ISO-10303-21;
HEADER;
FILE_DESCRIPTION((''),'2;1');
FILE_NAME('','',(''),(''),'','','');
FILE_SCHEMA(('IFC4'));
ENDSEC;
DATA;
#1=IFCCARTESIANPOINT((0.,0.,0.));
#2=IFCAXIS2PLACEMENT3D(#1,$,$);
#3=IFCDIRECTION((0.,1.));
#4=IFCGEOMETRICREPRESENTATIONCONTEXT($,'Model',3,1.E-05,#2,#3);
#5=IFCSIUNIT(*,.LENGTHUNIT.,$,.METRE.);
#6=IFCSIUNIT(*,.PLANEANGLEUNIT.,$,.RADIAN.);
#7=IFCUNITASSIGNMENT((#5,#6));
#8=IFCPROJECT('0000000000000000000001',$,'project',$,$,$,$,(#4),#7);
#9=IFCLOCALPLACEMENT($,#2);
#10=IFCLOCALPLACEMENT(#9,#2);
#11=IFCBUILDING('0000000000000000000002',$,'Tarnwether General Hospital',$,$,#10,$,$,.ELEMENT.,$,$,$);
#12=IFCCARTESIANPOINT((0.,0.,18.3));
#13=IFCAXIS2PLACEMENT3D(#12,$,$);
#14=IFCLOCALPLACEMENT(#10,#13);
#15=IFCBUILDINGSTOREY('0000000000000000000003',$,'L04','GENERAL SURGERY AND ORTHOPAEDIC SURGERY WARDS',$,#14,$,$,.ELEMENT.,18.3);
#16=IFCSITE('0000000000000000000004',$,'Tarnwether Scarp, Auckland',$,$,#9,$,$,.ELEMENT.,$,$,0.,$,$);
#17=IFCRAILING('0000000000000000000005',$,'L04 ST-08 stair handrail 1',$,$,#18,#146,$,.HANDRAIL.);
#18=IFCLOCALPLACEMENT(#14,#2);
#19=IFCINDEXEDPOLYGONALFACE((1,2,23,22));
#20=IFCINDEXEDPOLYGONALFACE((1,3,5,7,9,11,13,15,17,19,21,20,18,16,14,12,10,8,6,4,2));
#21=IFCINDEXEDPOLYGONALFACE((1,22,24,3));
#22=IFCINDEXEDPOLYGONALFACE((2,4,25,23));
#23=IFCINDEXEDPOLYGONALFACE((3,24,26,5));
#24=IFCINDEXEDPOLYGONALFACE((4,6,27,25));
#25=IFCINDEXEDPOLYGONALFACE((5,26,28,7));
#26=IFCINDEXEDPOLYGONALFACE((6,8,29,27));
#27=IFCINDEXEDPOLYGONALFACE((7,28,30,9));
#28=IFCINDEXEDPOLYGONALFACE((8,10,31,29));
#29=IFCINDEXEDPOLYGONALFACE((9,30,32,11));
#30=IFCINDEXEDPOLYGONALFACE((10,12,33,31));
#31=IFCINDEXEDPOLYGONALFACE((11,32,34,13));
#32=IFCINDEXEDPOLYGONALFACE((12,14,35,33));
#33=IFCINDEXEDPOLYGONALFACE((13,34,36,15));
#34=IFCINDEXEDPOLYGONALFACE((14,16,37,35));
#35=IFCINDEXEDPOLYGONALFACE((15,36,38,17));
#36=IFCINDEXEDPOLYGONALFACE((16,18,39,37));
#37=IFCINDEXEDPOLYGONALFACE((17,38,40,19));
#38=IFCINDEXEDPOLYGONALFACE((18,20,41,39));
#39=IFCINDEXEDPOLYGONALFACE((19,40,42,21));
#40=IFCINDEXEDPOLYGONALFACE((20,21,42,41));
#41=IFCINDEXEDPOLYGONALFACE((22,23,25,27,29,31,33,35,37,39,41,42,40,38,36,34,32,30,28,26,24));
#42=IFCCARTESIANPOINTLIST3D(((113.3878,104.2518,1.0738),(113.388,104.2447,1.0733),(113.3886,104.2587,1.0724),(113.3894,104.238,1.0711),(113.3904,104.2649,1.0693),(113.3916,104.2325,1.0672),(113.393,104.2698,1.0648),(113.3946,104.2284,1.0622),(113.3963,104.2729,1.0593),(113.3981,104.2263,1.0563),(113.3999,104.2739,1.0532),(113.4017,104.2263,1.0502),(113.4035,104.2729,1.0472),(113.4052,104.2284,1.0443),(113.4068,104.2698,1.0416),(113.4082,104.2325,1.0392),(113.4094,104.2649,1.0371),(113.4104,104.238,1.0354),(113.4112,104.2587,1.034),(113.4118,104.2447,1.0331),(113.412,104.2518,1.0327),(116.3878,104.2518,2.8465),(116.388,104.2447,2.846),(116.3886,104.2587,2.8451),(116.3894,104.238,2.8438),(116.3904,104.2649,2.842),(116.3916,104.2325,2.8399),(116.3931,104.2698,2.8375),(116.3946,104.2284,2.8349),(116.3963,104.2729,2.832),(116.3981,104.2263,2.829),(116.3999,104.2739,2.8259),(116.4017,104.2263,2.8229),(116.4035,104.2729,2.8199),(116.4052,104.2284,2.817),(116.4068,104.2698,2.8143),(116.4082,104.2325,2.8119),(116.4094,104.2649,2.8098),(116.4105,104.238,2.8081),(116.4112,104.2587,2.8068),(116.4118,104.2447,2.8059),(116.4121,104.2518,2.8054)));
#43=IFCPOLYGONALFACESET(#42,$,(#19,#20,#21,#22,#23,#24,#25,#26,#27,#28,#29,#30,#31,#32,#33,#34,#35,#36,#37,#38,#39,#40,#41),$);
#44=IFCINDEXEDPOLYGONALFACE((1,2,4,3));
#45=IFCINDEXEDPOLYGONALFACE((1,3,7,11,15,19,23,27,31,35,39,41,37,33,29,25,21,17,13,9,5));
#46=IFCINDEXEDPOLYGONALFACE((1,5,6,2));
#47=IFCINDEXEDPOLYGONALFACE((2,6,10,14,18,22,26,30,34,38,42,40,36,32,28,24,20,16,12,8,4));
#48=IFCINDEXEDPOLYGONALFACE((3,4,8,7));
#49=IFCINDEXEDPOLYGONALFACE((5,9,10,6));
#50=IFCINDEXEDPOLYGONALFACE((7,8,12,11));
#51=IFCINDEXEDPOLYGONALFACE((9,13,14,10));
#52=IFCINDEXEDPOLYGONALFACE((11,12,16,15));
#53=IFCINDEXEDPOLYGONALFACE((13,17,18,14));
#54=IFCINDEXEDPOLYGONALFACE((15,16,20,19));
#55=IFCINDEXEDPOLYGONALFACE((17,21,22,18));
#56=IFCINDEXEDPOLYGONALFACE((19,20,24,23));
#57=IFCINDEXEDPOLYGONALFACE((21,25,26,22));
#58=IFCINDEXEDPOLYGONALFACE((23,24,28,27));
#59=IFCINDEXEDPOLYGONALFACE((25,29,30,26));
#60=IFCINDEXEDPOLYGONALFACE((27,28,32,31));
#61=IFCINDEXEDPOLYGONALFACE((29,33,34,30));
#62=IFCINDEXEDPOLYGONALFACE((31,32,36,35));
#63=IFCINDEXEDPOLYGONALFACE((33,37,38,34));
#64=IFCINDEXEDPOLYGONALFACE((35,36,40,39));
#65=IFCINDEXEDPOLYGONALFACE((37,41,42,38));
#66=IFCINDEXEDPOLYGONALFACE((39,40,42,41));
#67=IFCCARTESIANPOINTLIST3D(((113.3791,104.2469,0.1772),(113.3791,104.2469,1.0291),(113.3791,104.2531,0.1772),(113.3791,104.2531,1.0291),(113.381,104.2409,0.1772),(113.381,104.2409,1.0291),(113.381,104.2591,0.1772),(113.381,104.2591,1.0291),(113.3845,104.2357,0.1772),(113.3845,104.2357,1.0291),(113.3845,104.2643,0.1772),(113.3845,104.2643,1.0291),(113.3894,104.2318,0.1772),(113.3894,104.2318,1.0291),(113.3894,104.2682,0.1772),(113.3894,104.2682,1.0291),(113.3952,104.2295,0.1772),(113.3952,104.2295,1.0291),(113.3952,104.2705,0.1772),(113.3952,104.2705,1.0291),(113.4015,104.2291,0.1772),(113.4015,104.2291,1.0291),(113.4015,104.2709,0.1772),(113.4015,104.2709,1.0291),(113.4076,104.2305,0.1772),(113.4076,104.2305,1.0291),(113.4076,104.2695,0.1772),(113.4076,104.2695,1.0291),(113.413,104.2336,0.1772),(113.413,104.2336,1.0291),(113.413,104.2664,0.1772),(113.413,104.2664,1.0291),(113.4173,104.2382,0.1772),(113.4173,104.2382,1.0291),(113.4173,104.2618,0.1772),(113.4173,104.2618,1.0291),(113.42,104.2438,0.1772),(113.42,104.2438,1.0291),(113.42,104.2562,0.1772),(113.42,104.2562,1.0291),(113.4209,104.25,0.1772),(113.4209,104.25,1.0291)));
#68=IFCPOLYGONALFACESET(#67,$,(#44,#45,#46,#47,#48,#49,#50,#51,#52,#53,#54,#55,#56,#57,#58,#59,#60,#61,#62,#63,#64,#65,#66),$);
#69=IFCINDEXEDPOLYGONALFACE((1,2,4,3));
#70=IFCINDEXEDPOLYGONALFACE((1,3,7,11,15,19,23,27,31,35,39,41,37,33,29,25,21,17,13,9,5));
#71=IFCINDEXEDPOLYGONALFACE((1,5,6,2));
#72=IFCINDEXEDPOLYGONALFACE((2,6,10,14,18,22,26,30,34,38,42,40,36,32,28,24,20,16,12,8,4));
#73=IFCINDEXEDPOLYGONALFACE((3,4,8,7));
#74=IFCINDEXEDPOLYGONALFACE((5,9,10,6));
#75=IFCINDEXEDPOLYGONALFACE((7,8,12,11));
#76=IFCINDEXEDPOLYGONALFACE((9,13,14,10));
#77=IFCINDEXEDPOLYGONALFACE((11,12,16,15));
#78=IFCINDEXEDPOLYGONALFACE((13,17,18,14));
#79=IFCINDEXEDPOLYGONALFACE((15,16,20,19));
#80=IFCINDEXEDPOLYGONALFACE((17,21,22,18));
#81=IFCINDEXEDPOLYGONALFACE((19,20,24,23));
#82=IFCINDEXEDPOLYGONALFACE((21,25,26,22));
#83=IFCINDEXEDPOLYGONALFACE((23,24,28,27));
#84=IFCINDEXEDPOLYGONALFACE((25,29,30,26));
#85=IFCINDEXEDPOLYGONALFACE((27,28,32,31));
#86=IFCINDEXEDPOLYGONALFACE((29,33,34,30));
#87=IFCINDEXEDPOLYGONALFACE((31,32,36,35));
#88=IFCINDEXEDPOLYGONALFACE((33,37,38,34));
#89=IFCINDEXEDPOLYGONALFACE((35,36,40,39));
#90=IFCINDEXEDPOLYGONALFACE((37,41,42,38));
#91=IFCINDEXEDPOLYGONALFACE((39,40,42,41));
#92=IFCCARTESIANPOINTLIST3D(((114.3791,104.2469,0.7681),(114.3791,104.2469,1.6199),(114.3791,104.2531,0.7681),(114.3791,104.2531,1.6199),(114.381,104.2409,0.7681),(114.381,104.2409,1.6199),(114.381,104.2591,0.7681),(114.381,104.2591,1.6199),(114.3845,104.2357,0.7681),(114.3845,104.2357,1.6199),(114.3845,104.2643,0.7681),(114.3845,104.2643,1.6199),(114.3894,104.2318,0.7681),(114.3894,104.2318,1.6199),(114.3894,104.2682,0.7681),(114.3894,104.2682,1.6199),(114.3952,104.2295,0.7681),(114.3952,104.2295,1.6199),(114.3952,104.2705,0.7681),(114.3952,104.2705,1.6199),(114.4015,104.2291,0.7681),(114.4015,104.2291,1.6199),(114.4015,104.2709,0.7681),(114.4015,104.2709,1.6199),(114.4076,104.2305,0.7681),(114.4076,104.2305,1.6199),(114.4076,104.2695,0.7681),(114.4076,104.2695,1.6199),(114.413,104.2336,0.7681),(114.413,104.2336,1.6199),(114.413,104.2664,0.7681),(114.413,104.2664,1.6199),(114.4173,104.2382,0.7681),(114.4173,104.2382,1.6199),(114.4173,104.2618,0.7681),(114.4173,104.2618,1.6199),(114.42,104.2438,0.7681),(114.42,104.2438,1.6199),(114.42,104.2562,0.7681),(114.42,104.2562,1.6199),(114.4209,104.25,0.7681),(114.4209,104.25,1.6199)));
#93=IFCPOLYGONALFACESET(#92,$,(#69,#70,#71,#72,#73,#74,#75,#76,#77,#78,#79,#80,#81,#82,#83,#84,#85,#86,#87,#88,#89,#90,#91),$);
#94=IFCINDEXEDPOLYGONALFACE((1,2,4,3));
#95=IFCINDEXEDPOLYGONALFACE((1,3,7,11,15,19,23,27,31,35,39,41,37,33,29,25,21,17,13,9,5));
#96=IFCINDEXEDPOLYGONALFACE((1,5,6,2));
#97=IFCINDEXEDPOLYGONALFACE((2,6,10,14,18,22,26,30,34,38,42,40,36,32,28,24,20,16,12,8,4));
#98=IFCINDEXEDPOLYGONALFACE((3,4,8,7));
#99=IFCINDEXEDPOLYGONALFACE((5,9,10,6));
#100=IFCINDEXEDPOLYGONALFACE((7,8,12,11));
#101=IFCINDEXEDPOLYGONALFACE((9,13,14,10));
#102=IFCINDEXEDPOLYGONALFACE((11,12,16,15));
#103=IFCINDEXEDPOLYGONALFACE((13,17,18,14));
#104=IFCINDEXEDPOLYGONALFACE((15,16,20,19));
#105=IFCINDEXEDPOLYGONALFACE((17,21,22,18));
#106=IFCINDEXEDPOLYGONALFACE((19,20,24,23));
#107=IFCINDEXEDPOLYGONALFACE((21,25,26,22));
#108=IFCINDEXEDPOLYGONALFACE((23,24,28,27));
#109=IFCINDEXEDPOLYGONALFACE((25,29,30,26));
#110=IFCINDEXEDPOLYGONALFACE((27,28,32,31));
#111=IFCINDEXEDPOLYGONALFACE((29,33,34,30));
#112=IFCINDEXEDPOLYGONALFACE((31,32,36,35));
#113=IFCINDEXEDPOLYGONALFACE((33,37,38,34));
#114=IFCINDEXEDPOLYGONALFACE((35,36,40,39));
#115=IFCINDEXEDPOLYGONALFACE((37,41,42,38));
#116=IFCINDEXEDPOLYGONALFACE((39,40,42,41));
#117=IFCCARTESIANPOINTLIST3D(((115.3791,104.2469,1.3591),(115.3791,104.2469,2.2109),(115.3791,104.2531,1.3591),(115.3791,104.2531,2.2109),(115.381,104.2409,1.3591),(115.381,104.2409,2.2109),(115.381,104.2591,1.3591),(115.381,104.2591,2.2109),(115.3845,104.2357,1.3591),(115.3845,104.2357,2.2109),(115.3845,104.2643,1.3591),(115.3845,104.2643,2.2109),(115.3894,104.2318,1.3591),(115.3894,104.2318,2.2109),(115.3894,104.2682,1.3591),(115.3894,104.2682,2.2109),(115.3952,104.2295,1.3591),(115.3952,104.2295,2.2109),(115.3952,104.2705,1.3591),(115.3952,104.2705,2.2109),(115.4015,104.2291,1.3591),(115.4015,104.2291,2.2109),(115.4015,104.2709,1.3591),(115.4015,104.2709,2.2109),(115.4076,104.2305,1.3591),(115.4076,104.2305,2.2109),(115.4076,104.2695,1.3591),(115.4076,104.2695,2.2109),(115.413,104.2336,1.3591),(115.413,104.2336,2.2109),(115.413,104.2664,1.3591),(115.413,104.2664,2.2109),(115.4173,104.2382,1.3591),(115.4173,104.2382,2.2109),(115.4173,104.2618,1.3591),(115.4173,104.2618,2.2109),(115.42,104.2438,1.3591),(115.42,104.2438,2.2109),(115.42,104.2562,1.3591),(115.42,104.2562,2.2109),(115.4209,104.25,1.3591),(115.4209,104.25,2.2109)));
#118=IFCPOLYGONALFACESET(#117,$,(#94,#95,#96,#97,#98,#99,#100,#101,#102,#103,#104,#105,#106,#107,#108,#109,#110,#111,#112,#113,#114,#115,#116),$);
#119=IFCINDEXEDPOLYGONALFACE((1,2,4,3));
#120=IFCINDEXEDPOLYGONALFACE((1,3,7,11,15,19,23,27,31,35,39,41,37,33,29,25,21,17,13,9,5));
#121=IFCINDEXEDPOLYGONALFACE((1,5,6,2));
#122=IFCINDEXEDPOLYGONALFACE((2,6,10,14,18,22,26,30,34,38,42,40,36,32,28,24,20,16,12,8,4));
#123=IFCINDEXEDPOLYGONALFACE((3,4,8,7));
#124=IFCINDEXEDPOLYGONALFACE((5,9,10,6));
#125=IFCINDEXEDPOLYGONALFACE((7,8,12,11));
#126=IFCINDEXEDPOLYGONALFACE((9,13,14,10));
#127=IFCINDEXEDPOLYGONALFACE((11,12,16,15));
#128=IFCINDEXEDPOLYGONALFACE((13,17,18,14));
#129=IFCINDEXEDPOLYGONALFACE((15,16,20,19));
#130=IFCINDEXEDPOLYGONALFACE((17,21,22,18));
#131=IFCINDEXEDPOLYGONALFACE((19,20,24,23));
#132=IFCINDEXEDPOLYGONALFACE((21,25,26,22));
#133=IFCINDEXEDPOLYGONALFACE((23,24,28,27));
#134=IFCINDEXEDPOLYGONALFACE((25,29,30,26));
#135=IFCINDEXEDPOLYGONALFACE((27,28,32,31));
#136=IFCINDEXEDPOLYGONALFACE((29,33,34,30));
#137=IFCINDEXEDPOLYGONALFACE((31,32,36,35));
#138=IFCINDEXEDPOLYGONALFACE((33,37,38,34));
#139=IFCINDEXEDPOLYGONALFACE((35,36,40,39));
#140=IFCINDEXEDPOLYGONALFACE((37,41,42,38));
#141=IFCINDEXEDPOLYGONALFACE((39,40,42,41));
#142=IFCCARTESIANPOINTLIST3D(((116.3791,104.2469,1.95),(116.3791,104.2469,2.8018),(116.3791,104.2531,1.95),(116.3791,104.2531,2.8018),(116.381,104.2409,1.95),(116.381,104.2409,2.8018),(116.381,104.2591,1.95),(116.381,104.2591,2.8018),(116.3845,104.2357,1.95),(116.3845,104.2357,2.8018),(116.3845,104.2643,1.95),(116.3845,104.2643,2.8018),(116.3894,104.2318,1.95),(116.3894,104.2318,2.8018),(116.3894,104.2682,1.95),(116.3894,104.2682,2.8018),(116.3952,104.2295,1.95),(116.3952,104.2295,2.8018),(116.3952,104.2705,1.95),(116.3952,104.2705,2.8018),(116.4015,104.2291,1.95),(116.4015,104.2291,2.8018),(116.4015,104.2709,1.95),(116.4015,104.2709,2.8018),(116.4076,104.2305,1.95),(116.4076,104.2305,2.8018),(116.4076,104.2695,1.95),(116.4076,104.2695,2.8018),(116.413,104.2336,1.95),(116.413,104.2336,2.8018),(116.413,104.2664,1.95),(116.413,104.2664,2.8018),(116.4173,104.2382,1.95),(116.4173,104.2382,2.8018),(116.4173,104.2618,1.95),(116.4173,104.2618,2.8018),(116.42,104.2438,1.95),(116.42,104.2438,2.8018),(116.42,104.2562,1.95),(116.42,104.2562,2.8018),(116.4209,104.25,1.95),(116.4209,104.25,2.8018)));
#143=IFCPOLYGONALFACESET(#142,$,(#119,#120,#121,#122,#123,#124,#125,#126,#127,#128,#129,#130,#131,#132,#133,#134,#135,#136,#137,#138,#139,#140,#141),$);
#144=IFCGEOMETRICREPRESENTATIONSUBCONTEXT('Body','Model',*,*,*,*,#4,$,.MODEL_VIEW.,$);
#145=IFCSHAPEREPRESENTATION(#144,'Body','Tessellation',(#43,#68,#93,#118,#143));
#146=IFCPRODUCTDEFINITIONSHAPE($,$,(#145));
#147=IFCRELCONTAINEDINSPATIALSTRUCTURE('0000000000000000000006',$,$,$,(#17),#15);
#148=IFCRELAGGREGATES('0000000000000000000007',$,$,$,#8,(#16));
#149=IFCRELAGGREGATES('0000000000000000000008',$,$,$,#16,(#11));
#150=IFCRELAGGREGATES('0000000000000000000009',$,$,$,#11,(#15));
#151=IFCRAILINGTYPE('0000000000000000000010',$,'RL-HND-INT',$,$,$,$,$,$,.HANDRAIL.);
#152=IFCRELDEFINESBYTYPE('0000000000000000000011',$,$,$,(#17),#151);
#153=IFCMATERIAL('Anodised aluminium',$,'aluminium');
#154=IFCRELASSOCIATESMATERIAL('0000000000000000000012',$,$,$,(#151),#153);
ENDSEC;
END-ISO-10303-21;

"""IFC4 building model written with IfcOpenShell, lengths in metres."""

from ifc_helpers import new_model, si_unit, direction, frame, origin, origin_2d, place, context, subcontext, project, spatial, circle, extrude, material, type_object, element, save


model = new_model("IFC4")

# Units and contexts
model_context = context("Model", 3, precision=1e-05, world=origin(), true_north=direction((0.0, 1.0)))
body_context = subcontext(model_context, "Body", "Model", "MODEL_VIEW")
ifc_project = project(units=[si_unit("LENGTHUNIT", "METRE"), si_unit("PLANEANGLEUNIT", "RADIAN")], contexts=[model_context])

# Site, building, storey
site_placement = place(None, origin())
site = spatial("IfcSite", under=ifc_project, at=site_placement, Name="Tarnwether Scarp, Auckland", CompositionType="ELEMENT", RefElevation=0.0)
building_placement = place(site_placement, origin())
building = spatial("IfcBuilding", under=site, at=building_placement, Name="Tarnwether General Hospital", CompositionType="ELEMENT")
storey_placement = place(building_placement, frame((0.0, 0.0, 18.3)))
storey = spatial("IfcBuildingStorey", under=building, at=storey_placement, Name="L04", Description="GENERAL SURGERY AND ORTHOPAEDIC SURGERY WARDS", CompositionType="ELEMENT", Elevation=18.3)

# Railing
ifc_material_1 = material(Name="Anodised aluminium", Category="aluminium")
railing_type_1 = type_object("IfcRailingType", Name="RL-HND-INT", PredefinedType="HANDRAIL", material=ifc_material_1)
railing_1_placement = place(storey_placement, frame((113.3999, 104.25, 0.1772)))
element("IfcRailing", 1, at=railing_1_placement, inside=storey, type_object=railing_type_1, Name="L04 ST-08 stair handrail 1", PredefinedType="HANDRAIL", context=body_context, shape_type="SweptSolid", body=[
    extrude(circle(Radius=0.0239, at=origin_2d()), frame((0.0, 0.0, 0.876), z_axis=(0.860929, 0.0, 0.508725), x_axis=(0.0, 1.0, 0.0)), (0.0, 0.0, 1.0), 3.4846),
    extrude(circle(Radius=0.021, at=origin_2d()), origin(), (0.0, 0.0, 1.0), 0.8518),
    extrude(circle(Radius=0.021, at=origin_2d()), frame((1.0, 0.0, 0.5908)), (0.0, 0.0, 1.0), 0.8518),
    extrude(circle(Radius=0.021, at=origin_2d()), frame((2.0, 0.0, 1.1819)), (0.0, 0.0, 1.0), 0.8518),
    extrude(circle(Radius=0.021, at=origin_2d()), frame((3.0, 0.0, 1.7727)), (0.0, 0.0, 1.0), 0.8518),
])

save(model, "model.ifc")
